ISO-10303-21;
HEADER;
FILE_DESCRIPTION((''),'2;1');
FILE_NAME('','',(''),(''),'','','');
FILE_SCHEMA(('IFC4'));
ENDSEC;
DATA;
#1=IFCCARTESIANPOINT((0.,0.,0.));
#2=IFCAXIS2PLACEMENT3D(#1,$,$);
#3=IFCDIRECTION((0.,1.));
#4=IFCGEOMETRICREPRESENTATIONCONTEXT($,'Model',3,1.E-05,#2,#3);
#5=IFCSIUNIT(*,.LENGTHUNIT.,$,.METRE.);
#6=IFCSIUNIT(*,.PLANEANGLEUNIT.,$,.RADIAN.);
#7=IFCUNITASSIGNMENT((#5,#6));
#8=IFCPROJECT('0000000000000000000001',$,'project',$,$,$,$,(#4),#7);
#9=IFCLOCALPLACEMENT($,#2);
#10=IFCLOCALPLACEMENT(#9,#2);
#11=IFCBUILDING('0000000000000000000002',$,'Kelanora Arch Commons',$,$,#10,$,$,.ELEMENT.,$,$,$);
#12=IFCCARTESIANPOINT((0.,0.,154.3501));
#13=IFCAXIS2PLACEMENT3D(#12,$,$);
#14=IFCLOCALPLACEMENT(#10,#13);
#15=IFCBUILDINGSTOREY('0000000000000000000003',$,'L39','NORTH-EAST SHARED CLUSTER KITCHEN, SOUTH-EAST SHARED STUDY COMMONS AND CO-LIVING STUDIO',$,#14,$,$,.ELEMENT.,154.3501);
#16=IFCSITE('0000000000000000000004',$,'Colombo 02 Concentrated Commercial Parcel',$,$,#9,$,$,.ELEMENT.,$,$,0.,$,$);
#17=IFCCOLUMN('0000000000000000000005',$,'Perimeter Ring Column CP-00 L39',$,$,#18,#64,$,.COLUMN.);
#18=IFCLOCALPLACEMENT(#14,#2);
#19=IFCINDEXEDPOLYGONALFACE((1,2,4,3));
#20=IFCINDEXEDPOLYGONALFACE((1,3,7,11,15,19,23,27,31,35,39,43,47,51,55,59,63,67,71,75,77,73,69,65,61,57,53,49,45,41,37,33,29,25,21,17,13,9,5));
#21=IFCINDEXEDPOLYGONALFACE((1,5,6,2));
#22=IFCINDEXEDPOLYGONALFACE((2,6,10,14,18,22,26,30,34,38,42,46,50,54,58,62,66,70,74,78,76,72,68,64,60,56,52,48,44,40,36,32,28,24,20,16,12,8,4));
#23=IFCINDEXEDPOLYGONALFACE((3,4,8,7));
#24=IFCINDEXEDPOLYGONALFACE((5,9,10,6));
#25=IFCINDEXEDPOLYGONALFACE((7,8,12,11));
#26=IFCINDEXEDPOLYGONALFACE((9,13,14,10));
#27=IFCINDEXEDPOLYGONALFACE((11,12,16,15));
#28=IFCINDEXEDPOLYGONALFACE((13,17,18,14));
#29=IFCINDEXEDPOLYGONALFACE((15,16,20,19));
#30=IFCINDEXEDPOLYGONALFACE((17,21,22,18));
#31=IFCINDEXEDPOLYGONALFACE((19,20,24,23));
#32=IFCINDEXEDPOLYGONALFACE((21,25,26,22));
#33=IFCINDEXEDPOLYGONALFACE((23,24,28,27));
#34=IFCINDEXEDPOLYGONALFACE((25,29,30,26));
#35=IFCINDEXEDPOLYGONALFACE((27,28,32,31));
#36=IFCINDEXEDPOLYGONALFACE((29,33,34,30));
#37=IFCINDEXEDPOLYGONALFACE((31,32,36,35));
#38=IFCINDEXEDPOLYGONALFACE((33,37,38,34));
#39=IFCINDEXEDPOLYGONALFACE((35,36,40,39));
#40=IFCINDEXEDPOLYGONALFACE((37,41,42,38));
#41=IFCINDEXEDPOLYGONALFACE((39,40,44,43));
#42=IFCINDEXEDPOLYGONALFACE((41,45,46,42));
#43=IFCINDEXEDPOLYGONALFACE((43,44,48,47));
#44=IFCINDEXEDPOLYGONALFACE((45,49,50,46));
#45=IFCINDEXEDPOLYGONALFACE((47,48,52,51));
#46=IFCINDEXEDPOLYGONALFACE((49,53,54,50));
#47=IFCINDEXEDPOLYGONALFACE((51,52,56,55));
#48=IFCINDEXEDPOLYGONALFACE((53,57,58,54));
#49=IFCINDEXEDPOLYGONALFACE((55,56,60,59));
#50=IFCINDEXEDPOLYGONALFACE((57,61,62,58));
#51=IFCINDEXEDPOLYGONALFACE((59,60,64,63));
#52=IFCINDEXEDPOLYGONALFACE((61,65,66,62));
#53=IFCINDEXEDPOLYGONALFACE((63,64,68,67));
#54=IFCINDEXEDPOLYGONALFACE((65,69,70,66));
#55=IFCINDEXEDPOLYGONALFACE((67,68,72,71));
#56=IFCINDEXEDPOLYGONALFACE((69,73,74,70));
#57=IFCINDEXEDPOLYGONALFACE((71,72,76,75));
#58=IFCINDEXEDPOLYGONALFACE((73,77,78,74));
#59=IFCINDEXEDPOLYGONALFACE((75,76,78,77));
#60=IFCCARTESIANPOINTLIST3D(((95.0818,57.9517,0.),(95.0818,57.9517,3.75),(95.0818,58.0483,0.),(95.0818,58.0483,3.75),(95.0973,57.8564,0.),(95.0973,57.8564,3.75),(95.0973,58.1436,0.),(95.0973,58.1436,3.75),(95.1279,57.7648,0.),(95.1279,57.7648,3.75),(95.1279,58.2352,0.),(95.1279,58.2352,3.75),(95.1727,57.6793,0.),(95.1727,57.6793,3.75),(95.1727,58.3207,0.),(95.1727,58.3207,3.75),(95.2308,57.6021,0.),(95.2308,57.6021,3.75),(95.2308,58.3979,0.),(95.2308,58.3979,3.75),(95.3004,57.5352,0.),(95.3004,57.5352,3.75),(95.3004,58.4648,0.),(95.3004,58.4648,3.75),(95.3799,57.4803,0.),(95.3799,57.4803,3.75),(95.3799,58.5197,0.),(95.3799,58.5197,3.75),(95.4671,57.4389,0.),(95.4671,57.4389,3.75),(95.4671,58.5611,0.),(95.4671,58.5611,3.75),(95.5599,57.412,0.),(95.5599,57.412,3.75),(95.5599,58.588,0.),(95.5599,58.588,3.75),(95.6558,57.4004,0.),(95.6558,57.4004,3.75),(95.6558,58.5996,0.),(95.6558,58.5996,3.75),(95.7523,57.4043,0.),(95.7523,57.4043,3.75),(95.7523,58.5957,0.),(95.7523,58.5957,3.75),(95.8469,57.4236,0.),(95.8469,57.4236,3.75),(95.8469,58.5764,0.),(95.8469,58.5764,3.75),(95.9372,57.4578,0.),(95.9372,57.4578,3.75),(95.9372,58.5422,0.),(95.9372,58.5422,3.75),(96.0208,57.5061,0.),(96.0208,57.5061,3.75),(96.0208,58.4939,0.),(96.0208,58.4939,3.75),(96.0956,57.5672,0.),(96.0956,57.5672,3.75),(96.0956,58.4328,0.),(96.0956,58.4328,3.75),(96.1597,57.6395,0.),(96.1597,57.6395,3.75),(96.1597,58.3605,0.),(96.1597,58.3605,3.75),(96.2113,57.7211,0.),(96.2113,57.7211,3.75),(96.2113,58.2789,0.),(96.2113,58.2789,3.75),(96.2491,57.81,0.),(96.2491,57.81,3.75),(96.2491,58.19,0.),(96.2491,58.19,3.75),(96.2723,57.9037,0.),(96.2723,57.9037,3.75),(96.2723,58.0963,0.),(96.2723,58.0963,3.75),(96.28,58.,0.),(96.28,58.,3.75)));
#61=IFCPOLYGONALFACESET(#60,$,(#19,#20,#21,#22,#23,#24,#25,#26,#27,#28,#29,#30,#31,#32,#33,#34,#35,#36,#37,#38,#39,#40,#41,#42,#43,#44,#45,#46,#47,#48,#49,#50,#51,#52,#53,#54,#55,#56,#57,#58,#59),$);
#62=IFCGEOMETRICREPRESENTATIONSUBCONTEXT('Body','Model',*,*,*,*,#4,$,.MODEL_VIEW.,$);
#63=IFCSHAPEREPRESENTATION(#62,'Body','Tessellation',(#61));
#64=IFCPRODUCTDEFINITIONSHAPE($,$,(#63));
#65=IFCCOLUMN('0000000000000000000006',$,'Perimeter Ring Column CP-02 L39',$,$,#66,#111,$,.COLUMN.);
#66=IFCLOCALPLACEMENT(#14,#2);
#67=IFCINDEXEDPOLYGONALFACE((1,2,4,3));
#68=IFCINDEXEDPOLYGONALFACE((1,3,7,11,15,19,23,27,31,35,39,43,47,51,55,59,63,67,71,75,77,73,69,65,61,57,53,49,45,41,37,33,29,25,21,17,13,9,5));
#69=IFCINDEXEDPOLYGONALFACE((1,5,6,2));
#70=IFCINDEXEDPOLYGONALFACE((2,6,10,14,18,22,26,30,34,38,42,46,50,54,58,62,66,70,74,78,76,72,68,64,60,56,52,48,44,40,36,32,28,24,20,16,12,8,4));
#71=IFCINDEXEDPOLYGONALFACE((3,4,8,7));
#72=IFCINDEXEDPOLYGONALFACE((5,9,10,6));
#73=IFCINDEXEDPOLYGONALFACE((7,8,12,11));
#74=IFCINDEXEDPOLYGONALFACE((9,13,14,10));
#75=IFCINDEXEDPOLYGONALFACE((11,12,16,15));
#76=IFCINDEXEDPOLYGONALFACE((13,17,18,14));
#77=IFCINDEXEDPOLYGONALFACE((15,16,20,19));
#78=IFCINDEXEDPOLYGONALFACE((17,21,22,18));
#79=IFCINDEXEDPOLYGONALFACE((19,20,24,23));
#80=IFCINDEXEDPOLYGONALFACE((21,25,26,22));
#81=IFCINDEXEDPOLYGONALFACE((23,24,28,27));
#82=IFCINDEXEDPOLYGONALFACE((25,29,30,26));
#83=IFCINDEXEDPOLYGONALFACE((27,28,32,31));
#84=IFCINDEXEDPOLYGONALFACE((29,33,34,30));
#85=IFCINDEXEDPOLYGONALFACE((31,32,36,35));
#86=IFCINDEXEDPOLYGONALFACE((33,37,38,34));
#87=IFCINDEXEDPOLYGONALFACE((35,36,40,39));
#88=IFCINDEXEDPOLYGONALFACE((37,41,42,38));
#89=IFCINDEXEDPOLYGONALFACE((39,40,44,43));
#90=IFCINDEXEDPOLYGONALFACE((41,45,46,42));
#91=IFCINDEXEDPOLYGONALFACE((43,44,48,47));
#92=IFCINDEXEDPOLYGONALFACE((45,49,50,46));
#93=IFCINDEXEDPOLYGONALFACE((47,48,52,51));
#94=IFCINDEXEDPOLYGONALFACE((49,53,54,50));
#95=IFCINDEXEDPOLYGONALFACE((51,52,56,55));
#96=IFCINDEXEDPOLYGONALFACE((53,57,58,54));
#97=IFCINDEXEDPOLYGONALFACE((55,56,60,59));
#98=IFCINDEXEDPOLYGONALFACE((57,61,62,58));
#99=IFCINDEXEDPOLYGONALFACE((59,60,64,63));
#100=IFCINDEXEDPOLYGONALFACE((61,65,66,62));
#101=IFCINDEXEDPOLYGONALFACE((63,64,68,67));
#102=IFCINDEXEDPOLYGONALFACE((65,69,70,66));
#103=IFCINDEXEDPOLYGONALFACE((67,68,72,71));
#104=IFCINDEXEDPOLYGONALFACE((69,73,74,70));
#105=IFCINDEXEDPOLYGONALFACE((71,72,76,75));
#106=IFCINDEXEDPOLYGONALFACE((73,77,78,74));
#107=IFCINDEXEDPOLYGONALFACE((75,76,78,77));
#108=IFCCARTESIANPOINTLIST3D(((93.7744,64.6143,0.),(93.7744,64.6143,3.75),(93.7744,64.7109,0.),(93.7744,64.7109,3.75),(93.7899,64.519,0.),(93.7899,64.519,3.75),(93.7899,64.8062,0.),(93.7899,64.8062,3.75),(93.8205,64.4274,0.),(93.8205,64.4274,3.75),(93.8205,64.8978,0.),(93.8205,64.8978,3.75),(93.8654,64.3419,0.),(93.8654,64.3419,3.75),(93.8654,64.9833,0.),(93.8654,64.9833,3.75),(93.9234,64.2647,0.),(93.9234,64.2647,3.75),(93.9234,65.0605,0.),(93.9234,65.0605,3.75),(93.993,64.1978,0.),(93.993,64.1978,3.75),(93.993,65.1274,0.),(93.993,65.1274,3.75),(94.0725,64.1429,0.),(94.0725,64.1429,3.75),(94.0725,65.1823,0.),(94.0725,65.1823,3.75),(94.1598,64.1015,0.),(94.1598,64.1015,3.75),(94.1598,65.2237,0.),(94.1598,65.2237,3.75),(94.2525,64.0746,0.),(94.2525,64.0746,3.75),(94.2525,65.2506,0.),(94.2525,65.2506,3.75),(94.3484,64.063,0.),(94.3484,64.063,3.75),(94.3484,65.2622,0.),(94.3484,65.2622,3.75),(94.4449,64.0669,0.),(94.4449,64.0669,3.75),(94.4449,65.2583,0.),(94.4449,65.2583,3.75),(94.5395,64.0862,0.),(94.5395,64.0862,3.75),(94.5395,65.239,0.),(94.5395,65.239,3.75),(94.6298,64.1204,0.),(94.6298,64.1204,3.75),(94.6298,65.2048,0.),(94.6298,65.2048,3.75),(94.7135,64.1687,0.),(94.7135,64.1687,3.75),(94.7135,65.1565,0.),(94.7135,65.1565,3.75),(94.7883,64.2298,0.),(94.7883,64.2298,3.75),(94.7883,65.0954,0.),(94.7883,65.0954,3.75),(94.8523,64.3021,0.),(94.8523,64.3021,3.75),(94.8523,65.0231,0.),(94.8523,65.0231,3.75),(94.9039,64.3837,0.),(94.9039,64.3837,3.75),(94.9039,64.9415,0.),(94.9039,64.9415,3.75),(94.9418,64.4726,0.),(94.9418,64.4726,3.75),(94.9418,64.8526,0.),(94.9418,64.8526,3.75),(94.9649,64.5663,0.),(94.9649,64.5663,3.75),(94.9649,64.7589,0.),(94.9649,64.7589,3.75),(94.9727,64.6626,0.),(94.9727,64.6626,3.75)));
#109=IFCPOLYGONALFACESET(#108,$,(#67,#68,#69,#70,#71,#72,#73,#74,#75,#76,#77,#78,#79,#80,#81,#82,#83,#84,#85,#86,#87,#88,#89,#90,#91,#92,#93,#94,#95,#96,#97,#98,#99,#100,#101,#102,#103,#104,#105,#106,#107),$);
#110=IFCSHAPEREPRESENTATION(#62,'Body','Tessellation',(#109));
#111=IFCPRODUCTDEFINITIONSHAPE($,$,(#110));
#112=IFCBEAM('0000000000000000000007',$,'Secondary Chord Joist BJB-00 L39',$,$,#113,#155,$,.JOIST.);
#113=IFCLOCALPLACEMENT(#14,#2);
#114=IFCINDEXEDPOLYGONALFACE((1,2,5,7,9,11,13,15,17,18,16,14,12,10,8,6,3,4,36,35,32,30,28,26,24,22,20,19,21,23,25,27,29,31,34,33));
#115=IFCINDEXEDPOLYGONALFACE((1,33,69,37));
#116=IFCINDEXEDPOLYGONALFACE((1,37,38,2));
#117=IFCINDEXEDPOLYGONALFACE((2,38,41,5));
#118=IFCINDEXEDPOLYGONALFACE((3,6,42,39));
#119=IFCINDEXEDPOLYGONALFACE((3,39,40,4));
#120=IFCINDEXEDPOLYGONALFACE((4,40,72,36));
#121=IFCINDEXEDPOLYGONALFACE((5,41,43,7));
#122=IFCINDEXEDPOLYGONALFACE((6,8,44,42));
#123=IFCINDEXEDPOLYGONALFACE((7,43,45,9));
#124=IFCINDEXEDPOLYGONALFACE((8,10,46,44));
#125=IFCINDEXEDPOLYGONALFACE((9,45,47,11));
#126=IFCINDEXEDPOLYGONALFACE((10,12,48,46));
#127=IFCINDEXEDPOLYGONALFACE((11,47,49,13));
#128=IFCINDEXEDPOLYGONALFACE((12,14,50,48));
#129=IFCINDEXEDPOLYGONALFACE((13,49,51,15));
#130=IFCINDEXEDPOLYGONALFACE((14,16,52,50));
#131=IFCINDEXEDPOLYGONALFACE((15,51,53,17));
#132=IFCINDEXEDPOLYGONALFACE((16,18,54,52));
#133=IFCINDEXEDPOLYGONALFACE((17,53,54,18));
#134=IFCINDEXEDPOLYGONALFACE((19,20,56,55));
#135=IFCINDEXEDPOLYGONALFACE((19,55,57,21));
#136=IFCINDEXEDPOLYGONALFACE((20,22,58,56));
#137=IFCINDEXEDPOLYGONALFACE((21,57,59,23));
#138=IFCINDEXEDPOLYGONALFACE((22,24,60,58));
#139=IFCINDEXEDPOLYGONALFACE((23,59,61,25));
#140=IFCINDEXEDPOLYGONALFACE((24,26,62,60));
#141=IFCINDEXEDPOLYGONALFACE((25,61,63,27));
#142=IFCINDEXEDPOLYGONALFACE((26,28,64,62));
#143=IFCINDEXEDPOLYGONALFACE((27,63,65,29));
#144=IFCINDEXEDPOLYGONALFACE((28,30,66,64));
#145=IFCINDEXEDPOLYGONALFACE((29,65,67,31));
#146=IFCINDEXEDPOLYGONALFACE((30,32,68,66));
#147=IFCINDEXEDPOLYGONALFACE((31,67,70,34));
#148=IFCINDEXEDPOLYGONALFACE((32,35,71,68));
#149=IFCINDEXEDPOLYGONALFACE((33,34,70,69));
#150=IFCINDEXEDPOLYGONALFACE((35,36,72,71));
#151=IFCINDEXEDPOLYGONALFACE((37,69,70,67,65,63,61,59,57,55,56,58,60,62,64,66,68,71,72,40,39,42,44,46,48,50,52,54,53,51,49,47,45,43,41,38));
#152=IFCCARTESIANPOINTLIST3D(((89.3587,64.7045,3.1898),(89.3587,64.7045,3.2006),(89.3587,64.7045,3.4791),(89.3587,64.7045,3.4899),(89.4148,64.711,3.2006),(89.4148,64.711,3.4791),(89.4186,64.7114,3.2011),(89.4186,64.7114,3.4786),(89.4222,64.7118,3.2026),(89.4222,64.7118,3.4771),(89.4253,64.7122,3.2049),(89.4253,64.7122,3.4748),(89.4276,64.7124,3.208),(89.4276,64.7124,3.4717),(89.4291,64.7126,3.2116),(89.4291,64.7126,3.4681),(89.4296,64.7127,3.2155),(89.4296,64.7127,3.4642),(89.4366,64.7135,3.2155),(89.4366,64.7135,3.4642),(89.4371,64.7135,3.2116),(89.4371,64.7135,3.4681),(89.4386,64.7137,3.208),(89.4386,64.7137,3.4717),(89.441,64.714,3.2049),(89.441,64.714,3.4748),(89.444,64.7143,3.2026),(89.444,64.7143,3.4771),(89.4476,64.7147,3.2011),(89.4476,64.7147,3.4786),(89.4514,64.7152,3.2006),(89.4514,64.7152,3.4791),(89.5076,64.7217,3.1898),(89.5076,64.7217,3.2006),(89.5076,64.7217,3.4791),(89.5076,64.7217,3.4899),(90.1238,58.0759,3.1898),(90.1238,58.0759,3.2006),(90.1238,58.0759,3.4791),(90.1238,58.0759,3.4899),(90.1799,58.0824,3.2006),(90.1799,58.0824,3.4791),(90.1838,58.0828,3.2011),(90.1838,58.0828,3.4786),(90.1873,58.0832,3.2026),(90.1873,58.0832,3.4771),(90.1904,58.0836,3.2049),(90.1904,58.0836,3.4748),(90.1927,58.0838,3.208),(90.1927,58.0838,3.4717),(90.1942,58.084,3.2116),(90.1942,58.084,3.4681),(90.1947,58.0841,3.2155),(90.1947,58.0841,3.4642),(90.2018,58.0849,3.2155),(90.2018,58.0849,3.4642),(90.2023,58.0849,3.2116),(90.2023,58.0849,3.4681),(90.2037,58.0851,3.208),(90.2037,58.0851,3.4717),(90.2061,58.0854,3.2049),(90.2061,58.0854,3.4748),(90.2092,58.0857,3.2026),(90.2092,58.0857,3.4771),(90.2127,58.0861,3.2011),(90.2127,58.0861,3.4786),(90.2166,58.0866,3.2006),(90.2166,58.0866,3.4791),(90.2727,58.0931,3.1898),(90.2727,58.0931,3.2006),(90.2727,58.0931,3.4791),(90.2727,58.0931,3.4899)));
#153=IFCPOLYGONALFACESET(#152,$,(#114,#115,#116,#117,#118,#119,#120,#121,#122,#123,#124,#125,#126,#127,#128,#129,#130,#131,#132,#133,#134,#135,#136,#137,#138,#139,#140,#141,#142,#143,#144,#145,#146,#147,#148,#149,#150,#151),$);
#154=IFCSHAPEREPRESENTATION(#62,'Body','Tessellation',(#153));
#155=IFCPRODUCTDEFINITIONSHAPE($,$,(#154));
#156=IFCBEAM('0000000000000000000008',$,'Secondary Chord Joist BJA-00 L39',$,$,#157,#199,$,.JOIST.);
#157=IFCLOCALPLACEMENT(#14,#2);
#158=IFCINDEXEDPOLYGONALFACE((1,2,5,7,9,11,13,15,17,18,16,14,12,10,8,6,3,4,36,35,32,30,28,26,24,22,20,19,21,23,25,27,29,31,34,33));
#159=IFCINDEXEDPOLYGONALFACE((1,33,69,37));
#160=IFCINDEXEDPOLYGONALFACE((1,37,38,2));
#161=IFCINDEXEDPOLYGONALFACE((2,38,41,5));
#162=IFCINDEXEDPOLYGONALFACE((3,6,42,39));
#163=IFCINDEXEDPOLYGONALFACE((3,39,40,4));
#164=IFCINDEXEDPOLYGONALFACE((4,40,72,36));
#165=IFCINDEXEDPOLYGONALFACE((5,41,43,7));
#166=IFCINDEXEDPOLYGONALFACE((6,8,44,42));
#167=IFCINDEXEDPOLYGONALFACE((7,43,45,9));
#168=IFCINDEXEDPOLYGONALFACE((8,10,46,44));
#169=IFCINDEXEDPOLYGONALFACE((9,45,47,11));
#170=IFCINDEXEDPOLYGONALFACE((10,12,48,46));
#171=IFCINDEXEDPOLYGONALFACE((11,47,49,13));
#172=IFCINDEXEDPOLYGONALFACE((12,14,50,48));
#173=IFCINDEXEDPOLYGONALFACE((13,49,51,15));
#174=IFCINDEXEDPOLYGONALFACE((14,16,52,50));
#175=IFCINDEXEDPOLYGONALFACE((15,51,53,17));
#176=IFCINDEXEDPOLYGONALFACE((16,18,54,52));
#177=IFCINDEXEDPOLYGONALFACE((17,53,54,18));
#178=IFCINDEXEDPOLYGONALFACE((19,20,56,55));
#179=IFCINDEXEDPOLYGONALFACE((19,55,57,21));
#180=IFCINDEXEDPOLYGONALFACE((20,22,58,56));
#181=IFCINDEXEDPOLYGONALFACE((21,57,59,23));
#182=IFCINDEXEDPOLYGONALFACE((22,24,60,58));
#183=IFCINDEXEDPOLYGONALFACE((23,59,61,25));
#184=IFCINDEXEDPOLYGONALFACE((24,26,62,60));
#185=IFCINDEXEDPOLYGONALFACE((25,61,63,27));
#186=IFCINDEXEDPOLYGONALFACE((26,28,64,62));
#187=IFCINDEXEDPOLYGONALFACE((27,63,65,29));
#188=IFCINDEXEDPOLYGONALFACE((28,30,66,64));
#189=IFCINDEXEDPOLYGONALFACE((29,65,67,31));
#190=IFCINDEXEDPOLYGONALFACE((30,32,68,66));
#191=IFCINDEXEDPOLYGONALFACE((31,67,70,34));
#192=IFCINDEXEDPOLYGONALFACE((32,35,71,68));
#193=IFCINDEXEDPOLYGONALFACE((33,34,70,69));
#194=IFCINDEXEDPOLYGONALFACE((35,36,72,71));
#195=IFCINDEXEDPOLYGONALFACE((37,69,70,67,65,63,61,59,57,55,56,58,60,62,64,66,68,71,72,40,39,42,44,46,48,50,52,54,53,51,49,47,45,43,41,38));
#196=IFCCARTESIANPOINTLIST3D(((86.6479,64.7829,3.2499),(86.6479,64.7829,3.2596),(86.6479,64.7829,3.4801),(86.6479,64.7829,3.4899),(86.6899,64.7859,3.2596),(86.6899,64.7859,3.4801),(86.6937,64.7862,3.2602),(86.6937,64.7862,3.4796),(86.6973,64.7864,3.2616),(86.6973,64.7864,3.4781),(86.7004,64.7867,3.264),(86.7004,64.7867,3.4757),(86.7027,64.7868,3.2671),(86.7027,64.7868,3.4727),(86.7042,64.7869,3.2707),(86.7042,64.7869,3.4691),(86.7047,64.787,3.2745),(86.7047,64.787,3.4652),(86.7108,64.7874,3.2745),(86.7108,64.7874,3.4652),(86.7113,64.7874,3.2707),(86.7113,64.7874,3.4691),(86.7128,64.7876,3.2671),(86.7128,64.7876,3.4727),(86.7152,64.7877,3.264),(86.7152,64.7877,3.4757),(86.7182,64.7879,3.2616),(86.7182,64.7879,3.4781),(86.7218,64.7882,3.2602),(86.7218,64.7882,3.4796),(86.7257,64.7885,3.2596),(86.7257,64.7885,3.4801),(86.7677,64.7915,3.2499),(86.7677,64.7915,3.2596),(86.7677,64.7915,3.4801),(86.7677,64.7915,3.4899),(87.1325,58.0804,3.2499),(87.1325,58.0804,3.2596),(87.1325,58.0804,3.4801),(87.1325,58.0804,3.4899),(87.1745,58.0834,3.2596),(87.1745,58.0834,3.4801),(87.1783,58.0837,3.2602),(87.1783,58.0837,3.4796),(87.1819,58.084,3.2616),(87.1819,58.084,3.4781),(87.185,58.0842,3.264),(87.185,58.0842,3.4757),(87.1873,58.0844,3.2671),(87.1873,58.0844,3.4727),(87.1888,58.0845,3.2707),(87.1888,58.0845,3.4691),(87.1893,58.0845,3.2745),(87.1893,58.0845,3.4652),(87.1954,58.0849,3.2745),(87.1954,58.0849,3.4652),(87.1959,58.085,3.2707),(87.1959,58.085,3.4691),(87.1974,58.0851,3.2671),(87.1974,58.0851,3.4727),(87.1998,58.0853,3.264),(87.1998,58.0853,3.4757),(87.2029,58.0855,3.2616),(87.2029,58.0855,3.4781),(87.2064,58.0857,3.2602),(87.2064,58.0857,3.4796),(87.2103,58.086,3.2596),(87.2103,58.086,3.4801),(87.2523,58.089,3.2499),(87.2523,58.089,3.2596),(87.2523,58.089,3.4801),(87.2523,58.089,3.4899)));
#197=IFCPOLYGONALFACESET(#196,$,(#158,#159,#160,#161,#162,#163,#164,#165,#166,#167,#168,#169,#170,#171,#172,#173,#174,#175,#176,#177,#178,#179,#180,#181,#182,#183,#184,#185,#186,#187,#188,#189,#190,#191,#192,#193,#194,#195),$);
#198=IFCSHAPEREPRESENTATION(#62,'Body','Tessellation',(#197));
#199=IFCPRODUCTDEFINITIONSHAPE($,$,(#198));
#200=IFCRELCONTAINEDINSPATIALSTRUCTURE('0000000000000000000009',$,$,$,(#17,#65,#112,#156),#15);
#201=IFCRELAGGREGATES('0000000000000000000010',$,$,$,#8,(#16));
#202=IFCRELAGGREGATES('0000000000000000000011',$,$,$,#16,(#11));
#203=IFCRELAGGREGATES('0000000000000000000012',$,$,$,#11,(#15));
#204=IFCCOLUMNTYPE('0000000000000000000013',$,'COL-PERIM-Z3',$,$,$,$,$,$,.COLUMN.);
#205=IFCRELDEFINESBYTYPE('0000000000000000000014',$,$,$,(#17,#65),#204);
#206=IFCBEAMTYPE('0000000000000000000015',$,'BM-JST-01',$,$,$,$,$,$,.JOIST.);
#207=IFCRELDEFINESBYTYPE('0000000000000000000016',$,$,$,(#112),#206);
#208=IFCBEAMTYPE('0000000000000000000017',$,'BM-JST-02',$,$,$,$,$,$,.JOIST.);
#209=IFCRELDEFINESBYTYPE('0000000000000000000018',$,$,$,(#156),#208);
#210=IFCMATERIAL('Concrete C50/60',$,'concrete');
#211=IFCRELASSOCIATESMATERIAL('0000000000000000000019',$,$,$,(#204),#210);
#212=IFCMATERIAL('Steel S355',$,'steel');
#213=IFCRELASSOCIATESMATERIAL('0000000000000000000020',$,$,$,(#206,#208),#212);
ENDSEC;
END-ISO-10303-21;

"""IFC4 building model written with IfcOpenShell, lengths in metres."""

from ifc_helpers import new_model, si_unit, direction, frame, origin, origin_2d, place, context, subcontext, project, spatial, circle, i_section, extrude, material, material_profile, profile_set, type_object, element, save


model = new_model("IFC4")

# Units and contexts
model_context = context("Model", 3, precision=1e-05, world=origin(), true_north=direction((0.0, 1.0)))
body_context = subcontext(model_context, "Body", "Model", "MODEL_VIEW")
ifc_project = project(units=[si_unit("LENGTHUNIT", "METRE"), si_unit("PLANEANGLEUNIT", "RADIAN")], contexts=[model_context])

# Site, building, storey
site_placement = place(None, origin())
site = spatial("IfcSite", under=ifc_project, at=site_placement, Name="Colombo 02 Concentrated Commercial Parcel", CompositionType="ELEMENT", RefElevation=0.0)
building_placement = place(site_placement, origin())
building = spatial("IfcBuilding", under=site, at=building_placement, Name="Kelanora Arch Commons", CompositionType="ELEMENT")
storey_placement = place(building_placement, frame((0.0, 0.0, 154.3501)))
storey = spatial("IfcBuildingStorey", under=building, at=storey_placement, Name="L39", Description="NORTH-EAST SHARED CLUSTER KITCHEN, SOUTH-EAST SHARED STUDY COMMONS AND CO-LIVING STUDIO", CompositionType="ELEMENT", Elevation=154.3501)

# Columns
ifc_material_1 = material(Name="Concrete C50/60", Category="concrete")
ifc_material_profile_1 = material_profile(ifc_material_1, circle(Radius=0.6001, at=origin_2d()), Name="RCC1200")
ifc_profile_set_1 = profile_set([ifc_material_profile_1], Name="Concrete C50/60")
column_type = type_object("IfcColumnType", Name="COL-PERIM-Z3", PredefinedType="COLUMN", material=ifc_profile_set_1)
for number, where, z_axis, x_axis, name in (
    (1, (95.6799, 58.0, 0.0), (0.0, 0.0, 1.0), (1.0, 0.0, 0.0), "Perimeter Ring Column CP-00 L39"),
    (2, (94.3726, 64.6626, 0.0), (0.0, 0.0, 1.0), (1.0, 0.0, 0.0), "Perimeter Ring Column CP-02 L39"),
):
    element("IfcColumn", number, at=place(storey_placement, frame(where, z_axis=z_axis, x_axis=x_axis)), inside=storey, type_object=column_type, Name=name, PredefinedType="COLUMN", context=body_context, shape_type="SweptSolid", body=[
        extrude(circle(Radius=0.6001, at=origin_2d()), origin(), (0.0, 0.0, 1.0), 3.75),
    ])

# Beams
ifc_material_2 = material(Name="Steel S355", Category="steel")
ifc_material_profile_2 = material_profile(ifc_material_2, i_section(OverallWidth=0.1499, OverallDepth=0.3, WebThickness=0.0071, FlangeThickness=0.0107, FilletRadius=0.0149, at=origin_2d()), Name="IPE300")
ifc_profile_set_2 = profile_set([ifc_material_profile_2], Name="Steel S355")
beam_type_1 = type_object("IfcBeamType", Name="BM-JST-01", PredefinedType="JOIST", material=ifc_profile_set_2)
beam_1_placement = place(storey_placement, frame((90.1982, 58.0845, 3.3398), z_axis=(-0.114667, 0.993404, 0.0), x_axis=(-0.993404, -0.114667, 0.0)))
element("IfcBeam", 3, at=beam_1_placement, inside=storey, type_object=beam_type_1, Name="Secondary Chord Joist BJB-00 L39", PredefinedType="JOIST", context=body_context, shape_type="SweptSolid", body=[
    extrude(i_section(OverallWidth=0.1499, OverallDepth=0.3, WebThickness=0.0071, FlangeThickness=0.0107, FilletRadius=0.0149, at=origin_2d()), origin(), (0.0, 0.0, 1.0), 6.6726),
])
ifc_material_profile_3 = material_profile(ifc_material_2, i_section(OverallWidth=0.1201, OverallDepth=0.24, WebThickness=0.0061, FlangeThickness=0.0098, FilletRadius=0.0149, at=origin_2d()), Name="IPE240")
ifc_profile_set_3 = profile_set([ifc_material_profile_3], Name="Steel S355")
beam_type_2 = type_object("IfcBeamType", Name="BM-JST-02", PredefinedType="JOIST", material=ifc_profile_set_3)
beam_2_placement = place(storey_placement, frame((87.1924, 58.0847, 3.3699), z_axis=(-0.072117, 0.997396, 0.0), x_axis=(-0.997396, -0.072117, 0.0)))
element("IfcBeam", 4, at=beam_2_placement, inside=storey, type_object=beam_type_2, Name="Secondary Chord Joist BJA-00 L39", PredefinedType="JOIST", context=body_context, shape_type="SweptSolid", body=[
    extrude(i_section(OverallWidth=0.1201, OverallDepth=0.24, WebThickness=0.0061, FlangeThickness=0.0098, FilletRadius=0.0149, at=origin_2d()), origin(), (0.0, 0.0, 1.0), 6.72),
])

save(model, "model.ifc")
